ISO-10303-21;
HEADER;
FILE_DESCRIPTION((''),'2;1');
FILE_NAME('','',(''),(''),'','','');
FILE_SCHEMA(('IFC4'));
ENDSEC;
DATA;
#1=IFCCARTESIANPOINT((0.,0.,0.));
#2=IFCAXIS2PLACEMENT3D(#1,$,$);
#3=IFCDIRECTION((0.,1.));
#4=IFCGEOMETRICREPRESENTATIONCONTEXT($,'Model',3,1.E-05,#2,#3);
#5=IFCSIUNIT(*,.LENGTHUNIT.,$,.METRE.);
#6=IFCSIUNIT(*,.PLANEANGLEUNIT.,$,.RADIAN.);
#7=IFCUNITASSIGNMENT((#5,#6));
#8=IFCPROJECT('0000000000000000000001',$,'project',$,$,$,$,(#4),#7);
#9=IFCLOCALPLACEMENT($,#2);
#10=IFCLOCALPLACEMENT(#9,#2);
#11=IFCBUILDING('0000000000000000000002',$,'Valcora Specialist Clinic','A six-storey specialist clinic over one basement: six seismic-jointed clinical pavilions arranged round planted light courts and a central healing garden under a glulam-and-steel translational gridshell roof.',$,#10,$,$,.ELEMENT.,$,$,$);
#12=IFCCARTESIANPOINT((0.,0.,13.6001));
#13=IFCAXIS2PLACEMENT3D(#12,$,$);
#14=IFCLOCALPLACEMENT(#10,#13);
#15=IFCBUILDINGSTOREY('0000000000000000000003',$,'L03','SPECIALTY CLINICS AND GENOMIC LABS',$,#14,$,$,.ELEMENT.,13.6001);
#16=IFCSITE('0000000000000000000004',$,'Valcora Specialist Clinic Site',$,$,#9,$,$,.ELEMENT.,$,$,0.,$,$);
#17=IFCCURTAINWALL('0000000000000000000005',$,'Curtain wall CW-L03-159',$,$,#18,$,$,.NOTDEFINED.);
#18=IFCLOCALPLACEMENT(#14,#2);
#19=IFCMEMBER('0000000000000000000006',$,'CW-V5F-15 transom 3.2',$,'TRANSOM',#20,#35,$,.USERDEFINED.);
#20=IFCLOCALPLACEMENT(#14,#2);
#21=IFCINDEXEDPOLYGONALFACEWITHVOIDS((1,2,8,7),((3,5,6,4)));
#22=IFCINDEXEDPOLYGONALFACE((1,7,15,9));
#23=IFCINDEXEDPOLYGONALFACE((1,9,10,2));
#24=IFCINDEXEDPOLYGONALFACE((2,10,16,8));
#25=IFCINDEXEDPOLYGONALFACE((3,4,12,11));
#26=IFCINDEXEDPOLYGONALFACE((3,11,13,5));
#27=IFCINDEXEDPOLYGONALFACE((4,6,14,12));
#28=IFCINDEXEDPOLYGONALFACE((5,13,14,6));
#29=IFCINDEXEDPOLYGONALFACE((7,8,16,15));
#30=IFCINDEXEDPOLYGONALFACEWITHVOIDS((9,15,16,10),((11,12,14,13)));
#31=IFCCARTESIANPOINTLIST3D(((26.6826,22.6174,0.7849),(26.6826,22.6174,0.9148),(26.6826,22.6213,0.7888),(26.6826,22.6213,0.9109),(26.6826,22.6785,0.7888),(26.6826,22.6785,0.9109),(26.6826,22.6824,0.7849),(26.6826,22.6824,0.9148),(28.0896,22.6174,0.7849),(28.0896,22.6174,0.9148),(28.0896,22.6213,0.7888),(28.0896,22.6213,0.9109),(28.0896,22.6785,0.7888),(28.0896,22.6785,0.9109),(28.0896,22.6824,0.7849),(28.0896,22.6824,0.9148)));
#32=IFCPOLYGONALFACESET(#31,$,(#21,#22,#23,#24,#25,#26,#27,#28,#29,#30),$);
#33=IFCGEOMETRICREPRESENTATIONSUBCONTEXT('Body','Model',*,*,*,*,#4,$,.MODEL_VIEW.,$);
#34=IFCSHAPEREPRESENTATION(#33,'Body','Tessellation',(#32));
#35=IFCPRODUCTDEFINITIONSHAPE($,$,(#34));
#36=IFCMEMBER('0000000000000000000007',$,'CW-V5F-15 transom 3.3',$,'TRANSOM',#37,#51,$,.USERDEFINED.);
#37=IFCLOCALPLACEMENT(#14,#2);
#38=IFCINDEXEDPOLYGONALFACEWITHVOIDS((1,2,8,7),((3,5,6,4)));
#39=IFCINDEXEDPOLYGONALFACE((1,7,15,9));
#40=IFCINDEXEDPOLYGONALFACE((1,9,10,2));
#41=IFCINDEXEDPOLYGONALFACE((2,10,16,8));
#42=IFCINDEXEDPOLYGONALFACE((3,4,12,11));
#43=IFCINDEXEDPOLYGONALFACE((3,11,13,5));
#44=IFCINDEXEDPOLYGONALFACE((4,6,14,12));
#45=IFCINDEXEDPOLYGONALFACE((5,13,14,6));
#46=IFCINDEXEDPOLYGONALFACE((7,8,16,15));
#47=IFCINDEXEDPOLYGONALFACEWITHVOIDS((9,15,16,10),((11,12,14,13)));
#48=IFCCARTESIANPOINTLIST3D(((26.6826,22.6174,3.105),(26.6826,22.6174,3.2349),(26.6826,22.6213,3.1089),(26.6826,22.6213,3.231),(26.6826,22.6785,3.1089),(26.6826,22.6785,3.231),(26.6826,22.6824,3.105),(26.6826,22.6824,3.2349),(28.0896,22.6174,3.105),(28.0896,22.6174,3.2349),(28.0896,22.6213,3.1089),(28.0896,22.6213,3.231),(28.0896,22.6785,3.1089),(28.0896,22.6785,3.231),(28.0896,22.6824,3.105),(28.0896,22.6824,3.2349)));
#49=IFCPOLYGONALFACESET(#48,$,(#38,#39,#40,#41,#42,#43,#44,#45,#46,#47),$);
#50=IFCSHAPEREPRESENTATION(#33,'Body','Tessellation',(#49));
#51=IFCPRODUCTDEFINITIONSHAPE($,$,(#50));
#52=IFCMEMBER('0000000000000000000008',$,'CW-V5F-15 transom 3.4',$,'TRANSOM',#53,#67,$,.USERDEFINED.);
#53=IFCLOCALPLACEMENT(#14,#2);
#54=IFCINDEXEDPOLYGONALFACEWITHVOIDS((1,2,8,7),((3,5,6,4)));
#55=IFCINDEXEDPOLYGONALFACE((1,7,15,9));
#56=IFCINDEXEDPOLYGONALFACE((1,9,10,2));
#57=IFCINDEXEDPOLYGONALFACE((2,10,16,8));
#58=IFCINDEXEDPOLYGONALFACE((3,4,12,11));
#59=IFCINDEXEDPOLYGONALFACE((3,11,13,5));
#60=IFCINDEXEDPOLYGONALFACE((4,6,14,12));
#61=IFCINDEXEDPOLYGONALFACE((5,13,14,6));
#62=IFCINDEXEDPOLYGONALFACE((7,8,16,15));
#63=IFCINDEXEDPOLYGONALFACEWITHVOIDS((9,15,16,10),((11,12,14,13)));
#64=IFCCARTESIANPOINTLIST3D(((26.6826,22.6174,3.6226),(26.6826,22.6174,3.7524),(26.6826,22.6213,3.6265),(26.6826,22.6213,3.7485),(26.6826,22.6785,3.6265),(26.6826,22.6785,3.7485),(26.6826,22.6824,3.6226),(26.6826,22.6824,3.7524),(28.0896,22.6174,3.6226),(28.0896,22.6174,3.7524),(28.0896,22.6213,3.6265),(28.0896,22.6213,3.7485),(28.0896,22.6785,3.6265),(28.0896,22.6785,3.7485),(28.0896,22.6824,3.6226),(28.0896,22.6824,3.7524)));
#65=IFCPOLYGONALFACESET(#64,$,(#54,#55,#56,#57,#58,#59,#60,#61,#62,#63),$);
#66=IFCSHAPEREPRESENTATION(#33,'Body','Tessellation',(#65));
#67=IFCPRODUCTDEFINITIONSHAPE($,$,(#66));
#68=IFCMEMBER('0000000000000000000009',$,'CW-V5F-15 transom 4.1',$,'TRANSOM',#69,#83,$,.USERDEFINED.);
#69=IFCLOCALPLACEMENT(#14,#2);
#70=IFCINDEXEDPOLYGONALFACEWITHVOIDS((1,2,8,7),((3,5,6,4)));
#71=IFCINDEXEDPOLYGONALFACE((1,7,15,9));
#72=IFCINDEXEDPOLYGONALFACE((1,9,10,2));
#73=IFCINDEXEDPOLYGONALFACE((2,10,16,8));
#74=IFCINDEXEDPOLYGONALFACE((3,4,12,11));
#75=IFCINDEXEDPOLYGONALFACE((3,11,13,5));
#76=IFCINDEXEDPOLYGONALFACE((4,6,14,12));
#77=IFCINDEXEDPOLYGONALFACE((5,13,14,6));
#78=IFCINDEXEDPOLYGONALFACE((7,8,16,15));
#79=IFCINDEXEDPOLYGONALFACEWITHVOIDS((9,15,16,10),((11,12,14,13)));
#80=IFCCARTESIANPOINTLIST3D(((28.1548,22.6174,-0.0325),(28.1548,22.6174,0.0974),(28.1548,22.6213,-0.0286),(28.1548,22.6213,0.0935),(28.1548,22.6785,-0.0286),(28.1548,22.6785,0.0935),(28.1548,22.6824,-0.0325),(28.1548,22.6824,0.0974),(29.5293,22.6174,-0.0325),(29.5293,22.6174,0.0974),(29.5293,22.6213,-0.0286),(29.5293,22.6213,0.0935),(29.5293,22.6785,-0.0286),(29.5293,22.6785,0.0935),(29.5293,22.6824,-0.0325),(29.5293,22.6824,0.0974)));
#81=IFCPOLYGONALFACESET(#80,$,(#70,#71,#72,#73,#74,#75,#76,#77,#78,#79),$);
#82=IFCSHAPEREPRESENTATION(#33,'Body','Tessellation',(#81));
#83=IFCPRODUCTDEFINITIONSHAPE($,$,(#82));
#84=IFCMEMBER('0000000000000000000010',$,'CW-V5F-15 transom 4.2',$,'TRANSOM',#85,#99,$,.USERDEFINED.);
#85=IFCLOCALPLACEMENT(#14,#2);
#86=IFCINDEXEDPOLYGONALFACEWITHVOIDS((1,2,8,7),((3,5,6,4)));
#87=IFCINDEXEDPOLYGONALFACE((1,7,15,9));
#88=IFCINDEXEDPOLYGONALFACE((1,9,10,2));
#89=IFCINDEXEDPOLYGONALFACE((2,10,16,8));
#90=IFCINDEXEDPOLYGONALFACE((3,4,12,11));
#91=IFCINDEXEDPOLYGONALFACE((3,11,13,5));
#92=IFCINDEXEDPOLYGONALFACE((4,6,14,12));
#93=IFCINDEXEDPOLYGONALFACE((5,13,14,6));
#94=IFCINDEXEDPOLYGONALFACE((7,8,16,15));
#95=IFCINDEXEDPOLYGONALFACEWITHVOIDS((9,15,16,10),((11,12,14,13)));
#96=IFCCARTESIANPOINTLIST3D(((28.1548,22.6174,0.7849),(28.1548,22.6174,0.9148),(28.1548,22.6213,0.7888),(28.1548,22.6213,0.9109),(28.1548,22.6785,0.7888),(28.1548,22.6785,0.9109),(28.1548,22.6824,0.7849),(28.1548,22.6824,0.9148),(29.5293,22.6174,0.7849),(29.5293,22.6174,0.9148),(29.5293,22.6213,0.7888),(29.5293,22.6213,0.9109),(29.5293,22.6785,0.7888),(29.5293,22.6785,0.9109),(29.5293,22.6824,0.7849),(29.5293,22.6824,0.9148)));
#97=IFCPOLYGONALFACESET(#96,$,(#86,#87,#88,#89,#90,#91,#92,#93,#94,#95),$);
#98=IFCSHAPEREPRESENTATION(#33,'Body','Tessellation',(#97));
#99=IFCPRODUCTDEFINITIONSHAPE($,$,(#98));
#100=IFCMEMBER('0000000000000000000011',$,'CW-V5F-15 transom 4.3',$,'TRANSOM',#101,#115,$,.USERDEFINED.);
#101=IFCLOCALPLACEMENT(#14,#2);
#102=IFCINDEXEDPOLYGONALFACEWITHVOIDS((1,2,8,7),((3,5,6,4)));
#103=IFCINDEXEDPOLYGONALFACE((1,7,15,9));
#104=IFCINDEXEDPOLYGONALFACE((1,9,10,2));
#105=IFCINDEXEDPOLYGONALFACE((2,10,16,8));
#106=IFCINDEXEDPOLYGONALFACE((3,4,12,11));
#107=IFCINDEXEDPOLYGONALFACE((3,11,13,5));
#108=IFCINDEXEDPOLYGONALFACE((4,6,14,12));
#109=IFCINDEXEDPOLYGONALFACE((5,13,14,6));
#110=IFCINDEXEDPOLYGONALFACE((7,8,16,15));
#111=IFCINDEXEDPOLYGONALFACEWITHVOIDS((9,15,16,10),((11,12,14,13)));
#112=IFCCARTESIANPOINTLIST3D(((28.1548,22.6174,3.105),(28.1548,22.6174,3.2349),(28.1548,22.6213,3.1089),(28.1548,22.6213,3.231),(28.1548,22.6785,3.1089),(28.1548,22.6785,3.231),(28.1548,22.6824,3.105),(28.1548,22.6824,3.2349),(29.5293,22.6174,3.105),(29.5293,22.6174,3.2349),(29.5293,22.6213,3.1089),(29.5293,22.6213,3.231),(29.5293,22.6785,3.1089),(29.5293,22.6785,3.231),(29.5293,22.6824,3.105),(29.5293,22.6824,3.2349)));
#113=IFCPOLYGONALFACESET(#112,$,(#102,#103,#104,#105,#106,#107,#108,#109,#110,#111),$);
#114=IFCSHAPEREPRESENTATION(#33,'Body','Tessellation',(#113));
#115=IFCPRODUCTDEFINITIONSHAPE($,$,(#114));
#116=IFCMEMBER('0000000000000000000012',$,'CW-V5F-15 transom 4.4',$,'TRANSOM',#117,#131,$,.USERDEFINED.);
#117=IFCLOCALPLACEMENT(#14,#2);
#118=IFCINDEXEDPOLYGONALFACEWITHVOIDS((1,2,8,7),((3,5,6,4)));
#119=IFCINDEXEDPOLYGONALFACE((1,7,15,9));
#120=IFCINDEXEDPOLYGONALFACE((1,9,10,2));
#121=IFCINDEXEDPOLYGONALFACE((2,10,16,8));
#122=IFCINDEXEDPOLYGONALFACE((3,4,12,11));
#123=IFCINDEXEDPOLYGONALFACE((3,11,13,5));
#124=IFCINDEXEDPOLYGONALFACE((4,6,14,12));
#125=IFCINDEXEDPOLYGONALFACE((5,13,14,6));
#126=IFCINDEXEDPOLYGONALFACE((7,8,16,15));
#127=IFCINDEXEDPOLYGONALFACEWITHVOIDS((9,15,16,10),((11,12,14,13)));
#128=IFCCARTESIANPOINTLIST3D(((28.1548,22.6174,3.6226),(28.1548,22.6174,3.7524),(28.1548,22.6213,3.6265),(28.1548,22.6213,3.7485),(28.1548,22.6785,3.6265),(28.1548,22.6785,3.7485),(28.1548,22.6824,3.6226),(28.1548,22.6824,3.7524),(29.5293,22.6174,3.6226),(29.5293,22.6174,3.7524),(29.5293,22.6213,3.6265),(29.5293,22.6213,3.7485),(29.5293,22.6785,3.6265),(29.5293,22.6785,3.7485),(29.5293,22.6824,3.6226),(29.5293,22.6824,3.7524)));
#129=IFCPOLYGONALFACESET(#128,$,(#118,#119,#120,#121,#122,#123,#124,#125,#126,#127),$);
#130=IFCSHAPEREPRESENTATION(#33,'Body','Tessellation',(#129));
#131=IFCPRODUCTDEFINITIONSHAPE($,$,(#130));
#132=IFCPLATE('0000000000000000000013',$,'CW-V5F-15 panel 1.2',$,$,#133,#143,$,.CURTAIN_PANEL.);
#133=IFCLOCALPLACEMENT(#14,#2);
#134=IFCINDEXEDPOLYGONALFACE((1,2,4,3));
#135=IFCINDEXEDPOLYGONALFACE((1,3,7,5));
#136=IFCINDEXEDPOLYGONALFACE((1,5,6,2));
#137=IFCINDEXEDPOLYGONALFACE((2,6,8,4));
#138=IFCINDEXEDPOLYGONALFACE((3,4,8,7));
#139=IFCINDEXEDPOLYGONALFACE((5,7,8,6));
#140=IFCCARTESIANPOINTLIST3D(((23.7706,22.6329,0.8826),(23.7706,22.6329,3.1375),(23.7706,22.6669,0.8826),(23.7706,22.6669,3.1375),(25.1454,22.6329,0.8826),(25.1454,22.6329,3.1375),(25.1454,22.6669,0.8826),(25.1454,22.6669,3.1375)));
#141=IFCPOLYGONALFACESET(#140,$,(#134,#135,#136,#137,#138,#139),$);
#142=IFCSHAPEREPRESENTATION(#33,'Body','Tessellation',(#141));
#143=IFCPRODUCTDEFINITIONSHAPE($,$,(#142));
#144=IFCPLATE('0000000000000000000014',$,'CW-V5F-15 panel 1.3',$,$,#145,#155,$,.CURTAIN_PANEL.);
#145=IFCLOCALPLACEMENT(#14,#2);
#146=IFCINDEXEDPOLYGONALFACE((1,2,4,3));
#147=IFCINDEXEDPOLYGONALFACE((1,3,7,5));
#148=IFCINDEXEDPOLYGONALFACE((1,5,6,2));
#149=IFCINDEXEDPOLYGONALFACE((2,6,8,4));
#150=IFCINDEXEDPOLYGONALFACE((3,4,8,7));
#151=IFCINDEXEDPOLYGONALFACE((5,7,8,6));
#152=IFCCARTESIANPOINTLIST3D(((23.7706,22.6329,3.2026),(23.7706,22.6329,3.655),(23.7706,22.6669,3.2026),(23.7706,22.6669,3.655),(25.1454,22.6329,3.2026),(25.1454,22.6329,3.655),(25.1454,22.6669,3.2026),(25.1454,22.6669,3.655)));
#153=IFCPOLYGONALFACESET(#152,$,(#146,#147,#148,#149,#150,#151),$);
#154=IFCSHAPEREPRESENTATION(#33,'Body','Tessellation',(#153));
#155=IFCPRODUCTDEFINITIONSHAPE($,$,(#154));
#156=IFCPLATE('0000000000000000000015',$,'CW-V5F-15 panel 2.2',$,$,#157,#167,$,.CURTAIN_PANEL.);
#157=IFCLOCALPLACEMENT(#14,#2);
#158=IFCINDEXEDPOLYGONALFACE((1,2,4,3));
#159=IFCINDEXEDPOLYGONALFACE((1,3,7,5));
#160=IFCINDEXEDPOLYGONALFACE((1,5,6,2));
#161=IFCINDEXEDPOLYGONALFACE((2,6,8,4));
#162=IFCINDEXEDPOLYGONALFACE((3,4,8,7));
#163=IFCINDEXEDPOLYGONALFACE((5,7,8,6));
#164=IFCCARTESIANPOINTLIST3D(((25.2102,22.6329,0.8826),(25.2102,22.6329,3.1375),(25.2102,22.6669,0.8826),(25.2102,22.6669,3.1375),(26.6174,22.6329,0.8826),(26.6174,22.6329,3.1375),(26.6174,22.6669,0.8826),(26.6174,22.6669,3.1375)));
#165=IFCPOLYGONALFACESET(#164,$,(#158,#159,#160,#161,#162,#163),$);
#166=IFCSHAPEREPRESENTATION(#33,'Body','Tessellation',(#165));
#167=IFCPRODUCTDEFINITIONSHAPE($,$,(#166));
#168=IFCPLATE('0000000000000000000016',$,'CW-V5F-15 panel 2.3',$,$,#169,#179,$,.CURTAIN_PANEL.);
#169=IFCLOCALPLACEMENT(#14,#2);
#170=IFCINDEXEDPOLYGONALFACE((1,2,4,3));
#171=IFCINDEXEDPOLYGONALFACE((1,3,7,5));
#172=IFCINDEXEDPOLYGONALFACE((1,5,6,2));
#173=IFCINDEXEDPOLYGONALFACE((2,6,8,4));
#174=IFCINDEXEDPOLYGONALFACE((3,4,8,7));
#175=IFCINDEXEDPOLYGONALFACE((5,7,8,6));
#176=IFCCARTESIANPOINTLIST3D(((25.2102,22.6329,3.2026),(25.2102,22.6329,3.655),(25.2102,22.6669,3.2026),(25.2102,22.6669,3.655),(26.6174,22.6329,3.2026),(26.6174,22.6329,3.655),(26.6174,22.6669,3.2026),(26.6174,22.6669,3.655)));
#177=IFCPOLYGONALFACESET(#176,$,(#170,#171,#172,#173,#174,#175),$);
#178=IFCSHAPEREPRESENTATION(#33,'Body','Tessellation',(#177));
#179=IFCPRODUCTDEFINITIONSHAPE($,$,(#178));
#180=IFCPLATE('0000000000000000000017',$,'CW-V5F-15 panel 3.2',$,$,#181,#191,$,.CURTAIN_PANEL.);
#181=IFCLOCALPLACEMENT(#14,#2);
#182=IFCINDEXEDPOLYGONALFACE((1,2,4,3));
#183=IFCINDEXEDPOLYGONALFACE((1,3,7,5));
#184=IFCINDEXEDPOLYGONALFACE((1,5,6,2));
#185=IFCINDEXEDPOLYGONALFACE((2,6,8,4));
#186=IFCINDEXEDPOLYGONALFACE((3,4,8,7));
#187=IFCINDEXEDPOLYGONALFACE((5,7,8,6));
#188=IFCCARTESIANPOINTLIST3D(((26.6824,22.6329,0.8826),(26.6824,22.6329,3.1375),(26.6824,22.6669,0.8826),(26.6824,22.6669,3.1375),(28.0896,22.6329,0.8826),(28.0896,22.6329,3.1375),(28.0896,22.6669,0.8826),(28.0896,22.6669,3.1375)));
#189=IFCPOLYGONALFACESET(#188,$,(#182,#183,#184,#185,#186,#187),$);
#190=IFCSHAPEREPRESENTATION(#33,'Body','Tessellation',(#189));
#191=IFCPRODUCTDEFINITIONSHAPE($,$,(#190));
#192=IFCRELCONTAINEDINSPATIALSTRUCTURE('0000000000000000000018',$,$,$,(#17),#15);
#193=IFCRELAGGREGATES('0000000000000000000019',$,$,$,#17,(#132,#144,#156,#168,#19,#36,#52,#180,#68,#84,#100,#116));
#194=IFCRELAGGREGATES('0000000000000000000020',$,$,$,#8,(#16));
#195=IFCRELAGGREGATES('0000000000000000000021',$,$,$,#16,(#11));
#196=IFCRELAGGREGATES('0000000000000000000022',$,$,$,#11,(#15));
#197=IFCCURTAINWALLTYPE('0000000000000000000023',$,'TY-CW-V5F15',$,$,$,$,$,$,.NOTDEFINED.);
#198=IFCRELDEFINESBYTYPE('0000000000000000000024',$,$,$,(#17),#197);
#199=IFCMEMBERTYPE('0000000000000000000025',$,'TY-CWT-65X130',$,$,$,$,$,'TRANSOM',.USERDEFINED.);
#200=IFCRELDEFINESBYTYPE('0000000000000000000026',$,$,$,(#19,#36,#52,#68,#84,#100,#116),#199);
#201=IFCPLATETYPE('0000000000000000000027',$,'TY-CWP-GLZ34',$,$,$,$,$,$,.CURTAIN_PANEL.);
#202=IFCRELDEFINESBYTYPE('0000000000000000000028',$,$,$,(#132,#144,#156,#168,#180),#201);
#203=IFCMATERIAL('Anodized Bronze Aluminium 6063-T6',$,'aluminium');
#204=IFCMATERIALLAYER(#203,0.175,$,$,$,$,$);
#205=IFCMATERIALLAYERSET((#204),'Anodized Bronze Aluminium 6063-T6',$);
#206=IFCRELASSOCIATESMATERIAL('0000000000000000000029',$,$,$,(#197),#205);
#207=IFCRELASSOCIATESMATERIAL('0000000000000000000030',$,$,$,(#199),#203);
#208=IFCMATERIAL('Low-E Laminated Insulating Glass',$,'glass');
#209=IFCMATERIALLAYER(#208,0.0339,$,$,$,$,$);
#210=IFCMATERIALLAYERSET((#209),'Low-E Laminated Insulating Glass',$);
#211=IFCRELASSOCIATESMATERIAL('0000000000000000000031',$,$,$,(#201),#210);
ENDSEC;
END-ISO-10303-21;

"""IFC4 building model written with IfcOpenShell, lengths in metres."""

from ifc_helpers import new_model, si_unit, direction, frame, origin, origin_2d, place, context, subcontext, project, spatial, rectangle, hollow_rectangle, extrude, material, layer, layer_set, material_profile, profile_set, type_object, element, aggregate, save


model = new_model("IFC4")

# Units and contexts
model_context = context("Model", 3, precision=1e-05, world=origin(), true_north=direction((0.0, 1.0)))
body_context = subcontext(model_context, "Body", "Model", "MODEL_VIEW")
ifc_project = project(units=[si_unit("LENGTHUNIT", "METRE"), si_unit("PLANEANGLEUNIT", "RADIAN")], contexts=[model_context])

# Site, building, storey
site_placement = place(None, origin())
site = spatial("IfcSite", under=ifc_project, at=site_placement, Name="Valcora Specialist Clinic Site", CompositionType="ELEMENT", RefElevation=0.0)
building_placement = place(site_placement, origin())
building = spatial("IfcBuilding", under=site, at=building_placement, Name="Valcora Specialist Clinic", Description="A six-storey specialist clinic over one basement: six seismic-jointed clinical pavilions arranged round planted light courts and a central healing garden under a glulam-and-steel translational gridshell roof.", CompositionType="ELEMENT")
storey_placement = place(building_placement, frame((0.0, 0.0, 13.6001)))
storey = spatial("IfcBuildingStorey", under=building, at=storey_placement, Name="L03", Description="SPECIALTY CLINICS AND GENOMIC LABS", CompositionType="ELEMENT", Elevation=13.6001)

# Curtain wall
ifc_material_1 = material(Name="Anodized Bronze Aluminium 6063-T6", Category="aluminium")
ifc_layer_1 = layer(ifc_material_1, 0.175)
ifc_layer_set_1 = layer_set([ifc_layer_1], Name="Anodized Bronze Aluminium 6063-T6")
curtain_wall_type = type_object("IfcCurtainWallType", Name="TY-CW-V5F15", PredefinedType="NOTDEFINED", material=ifc_layer_set_1)
curtain_wall_1_placement = place(storey_placement, origin())
curtain_wall_1 = element("IfcCurtainWall", 1, at=curtain_wall_1_placement, inside=storey, type_object=curtain_wall_type, Name="Curtain wall CW-L03-159", PredefinedType="NOTDEFINED")

# Members
ifc_material_profile_1 = material_profile(ifc_material_1, hollow_rectangle(XDim=0.0649, YDim=0.1299, WallThickness=0.0039, at=origin_2d()), Name="AL-TRN-65X130")
ifc_profile_set_1 = profile_set([ifc_material_profile_1], Name="Anodized Bronze Aluminium 6063-T6")
member_type_1 = type_object("IfcMemberType", Name="TY-CWT-65X130", ElementType="TRANSOM", PredefinedType="USERDEFINED", material=ifc_profile_set_1)
member_1_placement = place(storey_placement, frame((26.6826, 22.6499, 0.8499), z_axis=(1.0, 0.0, 0.0), x_axis=(0.0, 1.0, 0.0)))
member_1 = element("IfcMember", 2, at=member_1_placement, type_object=member_type_1, Name="CW-V5F-15 transom 3.2", ObjectType="TRANSOM", PredefinedType="USERDEFINED", context=body_context, shape_type="SweptSolid", body=[
    extrude(hollow_rectangle(XDim=0.0649, YDim=0.1299, WallThickness=0.0039, at=origin_2d()), origin(), (0.0, 0.0, 1.0), 1.407),
])
member_2_placement = place(storey_placement, frame((26.6826, 22.6499, 3.1699), z_axis=(1.0, 0.0, 0.0), x_axis=(0.0, 1.0, 0.0)))
member_2 = element("IfcMember", 3, at=member_2_placement, type_object=member_type_1, Name="CW-V5F-15 transom 3.3", ObjectType="TRANSOM", PredefinedType="USERDEFINED", context=body_context, shape_type="SweptSolid", body=[
    extrude(hollow_rectangle(XDim=0.0649, YDim=0.1299, WallThickness=0.0039, at=origin_2d()), origin(), (0.0, 0.0, 1.0), 1.407),
])
member_3_placement = place(storey_placement, frame((26.6826, 22.6499, 3.6875), z_axis=(1.0, 0.0, 0.0), x_axis=(0.0, 1.0, 0.0)))
member_3 = element("IfcMember", 4, at=member_3_placement, type_object=member_type_1, Name="CW-V5F-15 transom 3.4", ObjectType="TRANSOM", PredefinedType="USERDEFINED", context=body_context, shape_type="SweptSolid", body=[
    extrude(hollow_rectangle(XDim=0.0649, YDim=0.1299, WallThickness=0.0039, at=origin_2d()), origin(), (0.0, 0.0, 1.0), 1.407),
])
member_4_placement = place(storey_placement, frame((28.1548, 22.6499, 0.0325), z_axis=(1.0, 0.0, 0.0), x_axis=(0.0, 1.0, 0.0)))
member_4 = element("IfcMember", 5, at=member_4_placement, type_object=member_type_1, Name="CW-V5F-15 transom 4.1", ObjectType="TRANSOM", PredefinedType="USERDEFINED", context=body_context, shape_type="SweptSolid", body=[
    extrude(hollow_rectangle(XDim=0.0649, YDim=0.1299, WallThickness=0.0039, at=origin_2d()), origin(), (0.0, 0.0, 1.0), 1.3745),
])
member_5_placement = place(storey_placement, frame((28.1548, 22.6499, 0.8499), z_axis=(1.0, 0.0, 0.0), x_axis=(0.0, 1.0, 0.0)))
member_5 = element("IfcMember", 6, at=member_5_placement, type_object=member_type_1, Name="CW-V5F-15 transom 4.2", ObjectType="TRANSOM", PredefinedType="USERDEFINED", context=body_context, shape_type="SweptSolid", body=[
    extrude(hollow_rectangle(XDim=0.0649, YDim=0.1299, WallThickness=0.0039, at=origin_2d()), origin(), (0.0, 0.0, 1.0), 1.3745),
])
member_6_placement = place(storey_placement, frame((28.1548, 22.6499, 3.1699), z_axis=(1.0, 0.0, 0.0), x_axis=(0.0, 1.0, 0.0)))
member_6 = element("IfcMember", 7, at=member_6_placement, type_object=member_type_1, Name="CW-V5F-15 transom 4.3", ObjectType="TRANSOM", PredefinedType="USERDEFINED", context=body_context, shape_type="SweptSolid", body=[
    extrude(hollow_rectangle(XDim=0.0649, YDim=0.1299, WallThickness=0.0039, at=origin_2d()), origin(), (0.0, 0.0, 1.0), 1.3745),
])
member_7_placement = place(storey_placement, frame((28.1548, 22.6499, 3.6875), z_axis=(1.0, 0.0, 0.0), x_axis=(0.0, 1.0, 0.0)))
member_7 = element("IfcMember", 8, at=member_7_placement, type_object=member_type_1, Name="CW-V5F-15 transom 4.4", ObjectType="TRANSOM", PredefinedType="USERDEFINED", context=body_context, shape_type="SweptSolid", body=[
    extrude(hollow_rectangle(XDim=0.0649, YDim=0.1299, WallThickness=0.0039, at=origin_2d()), origin(), (0.0, 0.0, 1.0), 1.3745),
])

# Plates
ifc_material_2 = material(Name="Low-E Laminated Insulating Glass", Category="glass")
ifc_layer_2 = layer(ifc_material_2, 0.0339)
ifc_layer_set_2 = layer_set([ifc_layer_2], Name="Low-E Laminated Insulating Glass")
plate_type_1 = type_object("IfcPlateType", Name="TY-CWP-GLZ34", PredefinedType="CURTAIN_PANEL", material=ifc_layer_set_2)
plate_1_placement = place(storey_placement, frame((24.458, 22.6499, 0.8826), z_axis=(0.0, 0.0, 1.0), x_axis=(1.0, 0.0, 0.0)))
plate_1 = element("IfcPlate", 9, at=plate_1_placement, type_object=plate_type_1, Name="CW-V5F-15 panel 1.2", PredefinedType="CURTAIN_PANEL", context=body_context, shape_type="SweptSolid", body=[
    extrude(rectangle(XDim=1.3748, YDim=0.0339, at=origin_2d()), origin(), (0.0, 0.0, 1.0), 2.2549),
])
plate_2_placement = place(storey_placement, frame((24.458, 22.6499, 3.2026), z_axis=(0.0, 0.0, 1.0), x_axis=(1.0, 0.0, 0.0)))
plate_2 = element("IfcPlate", 10, at=plate_2_placement, type_object=plate_type_1, Name="CW-V5F-15 panel 1.3", PredefinedType="CURTAIN_PANEL", context=body_context, shape_type="SweptSolid", body=[
    extrude(rectangle(XDim=1.3748, YDim=0.0339, at=origin_2d()), origin(), (0.0, 0.0, 1.0), 0.4524),
])
plate_3_placement = place(storey_placement, frame((25.9138, 22.6499, 0.8826), z_axis=(0.0, 0.0, 1.0), x_axis=(1.0, 0.0, 0.0)))
plate_3 = element("IfcPlate", 11, at=plate_3_placement, type_object=plate_type_1, Name="CW-V5F-15 panel 2.2", PredefinedType="CURTAIN_PANEL", context=body_context, shape_type="SweptSolid", body=[
    extrude(rectangle(XDim=1.4072, YDim=0.0339, at=origin_2d()), origin(), (0.0, 0.0, 1.0), 2.2549),
])
plate_4_placement = place(storey_placement, frame((25.9138, 22.6499, 3.2026), z_axis=(0.0, 0.0, 1.0), x_axis=(1.0, 0.0, 0.0)))
plate_4 = element("IfcPlate", 12, at=plate_4_placement, type_object=plate_type_1, Name="CW-V5F-15 panel 2.3", PredefinedType="CURTAIN_PANEL", context=body_context, shape_type="SweptSolid", body=[
    extrude(rectangle(XDim=1.4072, YDim=0.0339, at=origin_2d()), origin(), (0.0, 0.0, 1.0), 0.4524),
])
plate_5_placement = place(storey_placement, frame((27.386, 22.6499, 0.8826), z_axis=(0.0, 0.0, 1.0), x_axis=(1.0, 0.0, 0.0)))
plate_5 = element("IfcPlate", 13, at=plate_5_placement, type_object=plate_type_1, Name="CW-V5F-15 panel 3.2", PredefinedType="CURTAIN_PANEL", context=body_context, shape_type="SweptSolid", body=[
    extrude(rectangle(XDim=1.4072, YDim=0.0339, at=origin_2d()), origin(), (0.0, 0.0, 1.0), 2.2549),
])
aggregate(curtain_wall_1, [plate_1, plate_2, plate_3, plate_4, member_1, member_2, member_3, plate_5, member_4, member_5, member_6, member_7])

save(model, "model.ifc")
